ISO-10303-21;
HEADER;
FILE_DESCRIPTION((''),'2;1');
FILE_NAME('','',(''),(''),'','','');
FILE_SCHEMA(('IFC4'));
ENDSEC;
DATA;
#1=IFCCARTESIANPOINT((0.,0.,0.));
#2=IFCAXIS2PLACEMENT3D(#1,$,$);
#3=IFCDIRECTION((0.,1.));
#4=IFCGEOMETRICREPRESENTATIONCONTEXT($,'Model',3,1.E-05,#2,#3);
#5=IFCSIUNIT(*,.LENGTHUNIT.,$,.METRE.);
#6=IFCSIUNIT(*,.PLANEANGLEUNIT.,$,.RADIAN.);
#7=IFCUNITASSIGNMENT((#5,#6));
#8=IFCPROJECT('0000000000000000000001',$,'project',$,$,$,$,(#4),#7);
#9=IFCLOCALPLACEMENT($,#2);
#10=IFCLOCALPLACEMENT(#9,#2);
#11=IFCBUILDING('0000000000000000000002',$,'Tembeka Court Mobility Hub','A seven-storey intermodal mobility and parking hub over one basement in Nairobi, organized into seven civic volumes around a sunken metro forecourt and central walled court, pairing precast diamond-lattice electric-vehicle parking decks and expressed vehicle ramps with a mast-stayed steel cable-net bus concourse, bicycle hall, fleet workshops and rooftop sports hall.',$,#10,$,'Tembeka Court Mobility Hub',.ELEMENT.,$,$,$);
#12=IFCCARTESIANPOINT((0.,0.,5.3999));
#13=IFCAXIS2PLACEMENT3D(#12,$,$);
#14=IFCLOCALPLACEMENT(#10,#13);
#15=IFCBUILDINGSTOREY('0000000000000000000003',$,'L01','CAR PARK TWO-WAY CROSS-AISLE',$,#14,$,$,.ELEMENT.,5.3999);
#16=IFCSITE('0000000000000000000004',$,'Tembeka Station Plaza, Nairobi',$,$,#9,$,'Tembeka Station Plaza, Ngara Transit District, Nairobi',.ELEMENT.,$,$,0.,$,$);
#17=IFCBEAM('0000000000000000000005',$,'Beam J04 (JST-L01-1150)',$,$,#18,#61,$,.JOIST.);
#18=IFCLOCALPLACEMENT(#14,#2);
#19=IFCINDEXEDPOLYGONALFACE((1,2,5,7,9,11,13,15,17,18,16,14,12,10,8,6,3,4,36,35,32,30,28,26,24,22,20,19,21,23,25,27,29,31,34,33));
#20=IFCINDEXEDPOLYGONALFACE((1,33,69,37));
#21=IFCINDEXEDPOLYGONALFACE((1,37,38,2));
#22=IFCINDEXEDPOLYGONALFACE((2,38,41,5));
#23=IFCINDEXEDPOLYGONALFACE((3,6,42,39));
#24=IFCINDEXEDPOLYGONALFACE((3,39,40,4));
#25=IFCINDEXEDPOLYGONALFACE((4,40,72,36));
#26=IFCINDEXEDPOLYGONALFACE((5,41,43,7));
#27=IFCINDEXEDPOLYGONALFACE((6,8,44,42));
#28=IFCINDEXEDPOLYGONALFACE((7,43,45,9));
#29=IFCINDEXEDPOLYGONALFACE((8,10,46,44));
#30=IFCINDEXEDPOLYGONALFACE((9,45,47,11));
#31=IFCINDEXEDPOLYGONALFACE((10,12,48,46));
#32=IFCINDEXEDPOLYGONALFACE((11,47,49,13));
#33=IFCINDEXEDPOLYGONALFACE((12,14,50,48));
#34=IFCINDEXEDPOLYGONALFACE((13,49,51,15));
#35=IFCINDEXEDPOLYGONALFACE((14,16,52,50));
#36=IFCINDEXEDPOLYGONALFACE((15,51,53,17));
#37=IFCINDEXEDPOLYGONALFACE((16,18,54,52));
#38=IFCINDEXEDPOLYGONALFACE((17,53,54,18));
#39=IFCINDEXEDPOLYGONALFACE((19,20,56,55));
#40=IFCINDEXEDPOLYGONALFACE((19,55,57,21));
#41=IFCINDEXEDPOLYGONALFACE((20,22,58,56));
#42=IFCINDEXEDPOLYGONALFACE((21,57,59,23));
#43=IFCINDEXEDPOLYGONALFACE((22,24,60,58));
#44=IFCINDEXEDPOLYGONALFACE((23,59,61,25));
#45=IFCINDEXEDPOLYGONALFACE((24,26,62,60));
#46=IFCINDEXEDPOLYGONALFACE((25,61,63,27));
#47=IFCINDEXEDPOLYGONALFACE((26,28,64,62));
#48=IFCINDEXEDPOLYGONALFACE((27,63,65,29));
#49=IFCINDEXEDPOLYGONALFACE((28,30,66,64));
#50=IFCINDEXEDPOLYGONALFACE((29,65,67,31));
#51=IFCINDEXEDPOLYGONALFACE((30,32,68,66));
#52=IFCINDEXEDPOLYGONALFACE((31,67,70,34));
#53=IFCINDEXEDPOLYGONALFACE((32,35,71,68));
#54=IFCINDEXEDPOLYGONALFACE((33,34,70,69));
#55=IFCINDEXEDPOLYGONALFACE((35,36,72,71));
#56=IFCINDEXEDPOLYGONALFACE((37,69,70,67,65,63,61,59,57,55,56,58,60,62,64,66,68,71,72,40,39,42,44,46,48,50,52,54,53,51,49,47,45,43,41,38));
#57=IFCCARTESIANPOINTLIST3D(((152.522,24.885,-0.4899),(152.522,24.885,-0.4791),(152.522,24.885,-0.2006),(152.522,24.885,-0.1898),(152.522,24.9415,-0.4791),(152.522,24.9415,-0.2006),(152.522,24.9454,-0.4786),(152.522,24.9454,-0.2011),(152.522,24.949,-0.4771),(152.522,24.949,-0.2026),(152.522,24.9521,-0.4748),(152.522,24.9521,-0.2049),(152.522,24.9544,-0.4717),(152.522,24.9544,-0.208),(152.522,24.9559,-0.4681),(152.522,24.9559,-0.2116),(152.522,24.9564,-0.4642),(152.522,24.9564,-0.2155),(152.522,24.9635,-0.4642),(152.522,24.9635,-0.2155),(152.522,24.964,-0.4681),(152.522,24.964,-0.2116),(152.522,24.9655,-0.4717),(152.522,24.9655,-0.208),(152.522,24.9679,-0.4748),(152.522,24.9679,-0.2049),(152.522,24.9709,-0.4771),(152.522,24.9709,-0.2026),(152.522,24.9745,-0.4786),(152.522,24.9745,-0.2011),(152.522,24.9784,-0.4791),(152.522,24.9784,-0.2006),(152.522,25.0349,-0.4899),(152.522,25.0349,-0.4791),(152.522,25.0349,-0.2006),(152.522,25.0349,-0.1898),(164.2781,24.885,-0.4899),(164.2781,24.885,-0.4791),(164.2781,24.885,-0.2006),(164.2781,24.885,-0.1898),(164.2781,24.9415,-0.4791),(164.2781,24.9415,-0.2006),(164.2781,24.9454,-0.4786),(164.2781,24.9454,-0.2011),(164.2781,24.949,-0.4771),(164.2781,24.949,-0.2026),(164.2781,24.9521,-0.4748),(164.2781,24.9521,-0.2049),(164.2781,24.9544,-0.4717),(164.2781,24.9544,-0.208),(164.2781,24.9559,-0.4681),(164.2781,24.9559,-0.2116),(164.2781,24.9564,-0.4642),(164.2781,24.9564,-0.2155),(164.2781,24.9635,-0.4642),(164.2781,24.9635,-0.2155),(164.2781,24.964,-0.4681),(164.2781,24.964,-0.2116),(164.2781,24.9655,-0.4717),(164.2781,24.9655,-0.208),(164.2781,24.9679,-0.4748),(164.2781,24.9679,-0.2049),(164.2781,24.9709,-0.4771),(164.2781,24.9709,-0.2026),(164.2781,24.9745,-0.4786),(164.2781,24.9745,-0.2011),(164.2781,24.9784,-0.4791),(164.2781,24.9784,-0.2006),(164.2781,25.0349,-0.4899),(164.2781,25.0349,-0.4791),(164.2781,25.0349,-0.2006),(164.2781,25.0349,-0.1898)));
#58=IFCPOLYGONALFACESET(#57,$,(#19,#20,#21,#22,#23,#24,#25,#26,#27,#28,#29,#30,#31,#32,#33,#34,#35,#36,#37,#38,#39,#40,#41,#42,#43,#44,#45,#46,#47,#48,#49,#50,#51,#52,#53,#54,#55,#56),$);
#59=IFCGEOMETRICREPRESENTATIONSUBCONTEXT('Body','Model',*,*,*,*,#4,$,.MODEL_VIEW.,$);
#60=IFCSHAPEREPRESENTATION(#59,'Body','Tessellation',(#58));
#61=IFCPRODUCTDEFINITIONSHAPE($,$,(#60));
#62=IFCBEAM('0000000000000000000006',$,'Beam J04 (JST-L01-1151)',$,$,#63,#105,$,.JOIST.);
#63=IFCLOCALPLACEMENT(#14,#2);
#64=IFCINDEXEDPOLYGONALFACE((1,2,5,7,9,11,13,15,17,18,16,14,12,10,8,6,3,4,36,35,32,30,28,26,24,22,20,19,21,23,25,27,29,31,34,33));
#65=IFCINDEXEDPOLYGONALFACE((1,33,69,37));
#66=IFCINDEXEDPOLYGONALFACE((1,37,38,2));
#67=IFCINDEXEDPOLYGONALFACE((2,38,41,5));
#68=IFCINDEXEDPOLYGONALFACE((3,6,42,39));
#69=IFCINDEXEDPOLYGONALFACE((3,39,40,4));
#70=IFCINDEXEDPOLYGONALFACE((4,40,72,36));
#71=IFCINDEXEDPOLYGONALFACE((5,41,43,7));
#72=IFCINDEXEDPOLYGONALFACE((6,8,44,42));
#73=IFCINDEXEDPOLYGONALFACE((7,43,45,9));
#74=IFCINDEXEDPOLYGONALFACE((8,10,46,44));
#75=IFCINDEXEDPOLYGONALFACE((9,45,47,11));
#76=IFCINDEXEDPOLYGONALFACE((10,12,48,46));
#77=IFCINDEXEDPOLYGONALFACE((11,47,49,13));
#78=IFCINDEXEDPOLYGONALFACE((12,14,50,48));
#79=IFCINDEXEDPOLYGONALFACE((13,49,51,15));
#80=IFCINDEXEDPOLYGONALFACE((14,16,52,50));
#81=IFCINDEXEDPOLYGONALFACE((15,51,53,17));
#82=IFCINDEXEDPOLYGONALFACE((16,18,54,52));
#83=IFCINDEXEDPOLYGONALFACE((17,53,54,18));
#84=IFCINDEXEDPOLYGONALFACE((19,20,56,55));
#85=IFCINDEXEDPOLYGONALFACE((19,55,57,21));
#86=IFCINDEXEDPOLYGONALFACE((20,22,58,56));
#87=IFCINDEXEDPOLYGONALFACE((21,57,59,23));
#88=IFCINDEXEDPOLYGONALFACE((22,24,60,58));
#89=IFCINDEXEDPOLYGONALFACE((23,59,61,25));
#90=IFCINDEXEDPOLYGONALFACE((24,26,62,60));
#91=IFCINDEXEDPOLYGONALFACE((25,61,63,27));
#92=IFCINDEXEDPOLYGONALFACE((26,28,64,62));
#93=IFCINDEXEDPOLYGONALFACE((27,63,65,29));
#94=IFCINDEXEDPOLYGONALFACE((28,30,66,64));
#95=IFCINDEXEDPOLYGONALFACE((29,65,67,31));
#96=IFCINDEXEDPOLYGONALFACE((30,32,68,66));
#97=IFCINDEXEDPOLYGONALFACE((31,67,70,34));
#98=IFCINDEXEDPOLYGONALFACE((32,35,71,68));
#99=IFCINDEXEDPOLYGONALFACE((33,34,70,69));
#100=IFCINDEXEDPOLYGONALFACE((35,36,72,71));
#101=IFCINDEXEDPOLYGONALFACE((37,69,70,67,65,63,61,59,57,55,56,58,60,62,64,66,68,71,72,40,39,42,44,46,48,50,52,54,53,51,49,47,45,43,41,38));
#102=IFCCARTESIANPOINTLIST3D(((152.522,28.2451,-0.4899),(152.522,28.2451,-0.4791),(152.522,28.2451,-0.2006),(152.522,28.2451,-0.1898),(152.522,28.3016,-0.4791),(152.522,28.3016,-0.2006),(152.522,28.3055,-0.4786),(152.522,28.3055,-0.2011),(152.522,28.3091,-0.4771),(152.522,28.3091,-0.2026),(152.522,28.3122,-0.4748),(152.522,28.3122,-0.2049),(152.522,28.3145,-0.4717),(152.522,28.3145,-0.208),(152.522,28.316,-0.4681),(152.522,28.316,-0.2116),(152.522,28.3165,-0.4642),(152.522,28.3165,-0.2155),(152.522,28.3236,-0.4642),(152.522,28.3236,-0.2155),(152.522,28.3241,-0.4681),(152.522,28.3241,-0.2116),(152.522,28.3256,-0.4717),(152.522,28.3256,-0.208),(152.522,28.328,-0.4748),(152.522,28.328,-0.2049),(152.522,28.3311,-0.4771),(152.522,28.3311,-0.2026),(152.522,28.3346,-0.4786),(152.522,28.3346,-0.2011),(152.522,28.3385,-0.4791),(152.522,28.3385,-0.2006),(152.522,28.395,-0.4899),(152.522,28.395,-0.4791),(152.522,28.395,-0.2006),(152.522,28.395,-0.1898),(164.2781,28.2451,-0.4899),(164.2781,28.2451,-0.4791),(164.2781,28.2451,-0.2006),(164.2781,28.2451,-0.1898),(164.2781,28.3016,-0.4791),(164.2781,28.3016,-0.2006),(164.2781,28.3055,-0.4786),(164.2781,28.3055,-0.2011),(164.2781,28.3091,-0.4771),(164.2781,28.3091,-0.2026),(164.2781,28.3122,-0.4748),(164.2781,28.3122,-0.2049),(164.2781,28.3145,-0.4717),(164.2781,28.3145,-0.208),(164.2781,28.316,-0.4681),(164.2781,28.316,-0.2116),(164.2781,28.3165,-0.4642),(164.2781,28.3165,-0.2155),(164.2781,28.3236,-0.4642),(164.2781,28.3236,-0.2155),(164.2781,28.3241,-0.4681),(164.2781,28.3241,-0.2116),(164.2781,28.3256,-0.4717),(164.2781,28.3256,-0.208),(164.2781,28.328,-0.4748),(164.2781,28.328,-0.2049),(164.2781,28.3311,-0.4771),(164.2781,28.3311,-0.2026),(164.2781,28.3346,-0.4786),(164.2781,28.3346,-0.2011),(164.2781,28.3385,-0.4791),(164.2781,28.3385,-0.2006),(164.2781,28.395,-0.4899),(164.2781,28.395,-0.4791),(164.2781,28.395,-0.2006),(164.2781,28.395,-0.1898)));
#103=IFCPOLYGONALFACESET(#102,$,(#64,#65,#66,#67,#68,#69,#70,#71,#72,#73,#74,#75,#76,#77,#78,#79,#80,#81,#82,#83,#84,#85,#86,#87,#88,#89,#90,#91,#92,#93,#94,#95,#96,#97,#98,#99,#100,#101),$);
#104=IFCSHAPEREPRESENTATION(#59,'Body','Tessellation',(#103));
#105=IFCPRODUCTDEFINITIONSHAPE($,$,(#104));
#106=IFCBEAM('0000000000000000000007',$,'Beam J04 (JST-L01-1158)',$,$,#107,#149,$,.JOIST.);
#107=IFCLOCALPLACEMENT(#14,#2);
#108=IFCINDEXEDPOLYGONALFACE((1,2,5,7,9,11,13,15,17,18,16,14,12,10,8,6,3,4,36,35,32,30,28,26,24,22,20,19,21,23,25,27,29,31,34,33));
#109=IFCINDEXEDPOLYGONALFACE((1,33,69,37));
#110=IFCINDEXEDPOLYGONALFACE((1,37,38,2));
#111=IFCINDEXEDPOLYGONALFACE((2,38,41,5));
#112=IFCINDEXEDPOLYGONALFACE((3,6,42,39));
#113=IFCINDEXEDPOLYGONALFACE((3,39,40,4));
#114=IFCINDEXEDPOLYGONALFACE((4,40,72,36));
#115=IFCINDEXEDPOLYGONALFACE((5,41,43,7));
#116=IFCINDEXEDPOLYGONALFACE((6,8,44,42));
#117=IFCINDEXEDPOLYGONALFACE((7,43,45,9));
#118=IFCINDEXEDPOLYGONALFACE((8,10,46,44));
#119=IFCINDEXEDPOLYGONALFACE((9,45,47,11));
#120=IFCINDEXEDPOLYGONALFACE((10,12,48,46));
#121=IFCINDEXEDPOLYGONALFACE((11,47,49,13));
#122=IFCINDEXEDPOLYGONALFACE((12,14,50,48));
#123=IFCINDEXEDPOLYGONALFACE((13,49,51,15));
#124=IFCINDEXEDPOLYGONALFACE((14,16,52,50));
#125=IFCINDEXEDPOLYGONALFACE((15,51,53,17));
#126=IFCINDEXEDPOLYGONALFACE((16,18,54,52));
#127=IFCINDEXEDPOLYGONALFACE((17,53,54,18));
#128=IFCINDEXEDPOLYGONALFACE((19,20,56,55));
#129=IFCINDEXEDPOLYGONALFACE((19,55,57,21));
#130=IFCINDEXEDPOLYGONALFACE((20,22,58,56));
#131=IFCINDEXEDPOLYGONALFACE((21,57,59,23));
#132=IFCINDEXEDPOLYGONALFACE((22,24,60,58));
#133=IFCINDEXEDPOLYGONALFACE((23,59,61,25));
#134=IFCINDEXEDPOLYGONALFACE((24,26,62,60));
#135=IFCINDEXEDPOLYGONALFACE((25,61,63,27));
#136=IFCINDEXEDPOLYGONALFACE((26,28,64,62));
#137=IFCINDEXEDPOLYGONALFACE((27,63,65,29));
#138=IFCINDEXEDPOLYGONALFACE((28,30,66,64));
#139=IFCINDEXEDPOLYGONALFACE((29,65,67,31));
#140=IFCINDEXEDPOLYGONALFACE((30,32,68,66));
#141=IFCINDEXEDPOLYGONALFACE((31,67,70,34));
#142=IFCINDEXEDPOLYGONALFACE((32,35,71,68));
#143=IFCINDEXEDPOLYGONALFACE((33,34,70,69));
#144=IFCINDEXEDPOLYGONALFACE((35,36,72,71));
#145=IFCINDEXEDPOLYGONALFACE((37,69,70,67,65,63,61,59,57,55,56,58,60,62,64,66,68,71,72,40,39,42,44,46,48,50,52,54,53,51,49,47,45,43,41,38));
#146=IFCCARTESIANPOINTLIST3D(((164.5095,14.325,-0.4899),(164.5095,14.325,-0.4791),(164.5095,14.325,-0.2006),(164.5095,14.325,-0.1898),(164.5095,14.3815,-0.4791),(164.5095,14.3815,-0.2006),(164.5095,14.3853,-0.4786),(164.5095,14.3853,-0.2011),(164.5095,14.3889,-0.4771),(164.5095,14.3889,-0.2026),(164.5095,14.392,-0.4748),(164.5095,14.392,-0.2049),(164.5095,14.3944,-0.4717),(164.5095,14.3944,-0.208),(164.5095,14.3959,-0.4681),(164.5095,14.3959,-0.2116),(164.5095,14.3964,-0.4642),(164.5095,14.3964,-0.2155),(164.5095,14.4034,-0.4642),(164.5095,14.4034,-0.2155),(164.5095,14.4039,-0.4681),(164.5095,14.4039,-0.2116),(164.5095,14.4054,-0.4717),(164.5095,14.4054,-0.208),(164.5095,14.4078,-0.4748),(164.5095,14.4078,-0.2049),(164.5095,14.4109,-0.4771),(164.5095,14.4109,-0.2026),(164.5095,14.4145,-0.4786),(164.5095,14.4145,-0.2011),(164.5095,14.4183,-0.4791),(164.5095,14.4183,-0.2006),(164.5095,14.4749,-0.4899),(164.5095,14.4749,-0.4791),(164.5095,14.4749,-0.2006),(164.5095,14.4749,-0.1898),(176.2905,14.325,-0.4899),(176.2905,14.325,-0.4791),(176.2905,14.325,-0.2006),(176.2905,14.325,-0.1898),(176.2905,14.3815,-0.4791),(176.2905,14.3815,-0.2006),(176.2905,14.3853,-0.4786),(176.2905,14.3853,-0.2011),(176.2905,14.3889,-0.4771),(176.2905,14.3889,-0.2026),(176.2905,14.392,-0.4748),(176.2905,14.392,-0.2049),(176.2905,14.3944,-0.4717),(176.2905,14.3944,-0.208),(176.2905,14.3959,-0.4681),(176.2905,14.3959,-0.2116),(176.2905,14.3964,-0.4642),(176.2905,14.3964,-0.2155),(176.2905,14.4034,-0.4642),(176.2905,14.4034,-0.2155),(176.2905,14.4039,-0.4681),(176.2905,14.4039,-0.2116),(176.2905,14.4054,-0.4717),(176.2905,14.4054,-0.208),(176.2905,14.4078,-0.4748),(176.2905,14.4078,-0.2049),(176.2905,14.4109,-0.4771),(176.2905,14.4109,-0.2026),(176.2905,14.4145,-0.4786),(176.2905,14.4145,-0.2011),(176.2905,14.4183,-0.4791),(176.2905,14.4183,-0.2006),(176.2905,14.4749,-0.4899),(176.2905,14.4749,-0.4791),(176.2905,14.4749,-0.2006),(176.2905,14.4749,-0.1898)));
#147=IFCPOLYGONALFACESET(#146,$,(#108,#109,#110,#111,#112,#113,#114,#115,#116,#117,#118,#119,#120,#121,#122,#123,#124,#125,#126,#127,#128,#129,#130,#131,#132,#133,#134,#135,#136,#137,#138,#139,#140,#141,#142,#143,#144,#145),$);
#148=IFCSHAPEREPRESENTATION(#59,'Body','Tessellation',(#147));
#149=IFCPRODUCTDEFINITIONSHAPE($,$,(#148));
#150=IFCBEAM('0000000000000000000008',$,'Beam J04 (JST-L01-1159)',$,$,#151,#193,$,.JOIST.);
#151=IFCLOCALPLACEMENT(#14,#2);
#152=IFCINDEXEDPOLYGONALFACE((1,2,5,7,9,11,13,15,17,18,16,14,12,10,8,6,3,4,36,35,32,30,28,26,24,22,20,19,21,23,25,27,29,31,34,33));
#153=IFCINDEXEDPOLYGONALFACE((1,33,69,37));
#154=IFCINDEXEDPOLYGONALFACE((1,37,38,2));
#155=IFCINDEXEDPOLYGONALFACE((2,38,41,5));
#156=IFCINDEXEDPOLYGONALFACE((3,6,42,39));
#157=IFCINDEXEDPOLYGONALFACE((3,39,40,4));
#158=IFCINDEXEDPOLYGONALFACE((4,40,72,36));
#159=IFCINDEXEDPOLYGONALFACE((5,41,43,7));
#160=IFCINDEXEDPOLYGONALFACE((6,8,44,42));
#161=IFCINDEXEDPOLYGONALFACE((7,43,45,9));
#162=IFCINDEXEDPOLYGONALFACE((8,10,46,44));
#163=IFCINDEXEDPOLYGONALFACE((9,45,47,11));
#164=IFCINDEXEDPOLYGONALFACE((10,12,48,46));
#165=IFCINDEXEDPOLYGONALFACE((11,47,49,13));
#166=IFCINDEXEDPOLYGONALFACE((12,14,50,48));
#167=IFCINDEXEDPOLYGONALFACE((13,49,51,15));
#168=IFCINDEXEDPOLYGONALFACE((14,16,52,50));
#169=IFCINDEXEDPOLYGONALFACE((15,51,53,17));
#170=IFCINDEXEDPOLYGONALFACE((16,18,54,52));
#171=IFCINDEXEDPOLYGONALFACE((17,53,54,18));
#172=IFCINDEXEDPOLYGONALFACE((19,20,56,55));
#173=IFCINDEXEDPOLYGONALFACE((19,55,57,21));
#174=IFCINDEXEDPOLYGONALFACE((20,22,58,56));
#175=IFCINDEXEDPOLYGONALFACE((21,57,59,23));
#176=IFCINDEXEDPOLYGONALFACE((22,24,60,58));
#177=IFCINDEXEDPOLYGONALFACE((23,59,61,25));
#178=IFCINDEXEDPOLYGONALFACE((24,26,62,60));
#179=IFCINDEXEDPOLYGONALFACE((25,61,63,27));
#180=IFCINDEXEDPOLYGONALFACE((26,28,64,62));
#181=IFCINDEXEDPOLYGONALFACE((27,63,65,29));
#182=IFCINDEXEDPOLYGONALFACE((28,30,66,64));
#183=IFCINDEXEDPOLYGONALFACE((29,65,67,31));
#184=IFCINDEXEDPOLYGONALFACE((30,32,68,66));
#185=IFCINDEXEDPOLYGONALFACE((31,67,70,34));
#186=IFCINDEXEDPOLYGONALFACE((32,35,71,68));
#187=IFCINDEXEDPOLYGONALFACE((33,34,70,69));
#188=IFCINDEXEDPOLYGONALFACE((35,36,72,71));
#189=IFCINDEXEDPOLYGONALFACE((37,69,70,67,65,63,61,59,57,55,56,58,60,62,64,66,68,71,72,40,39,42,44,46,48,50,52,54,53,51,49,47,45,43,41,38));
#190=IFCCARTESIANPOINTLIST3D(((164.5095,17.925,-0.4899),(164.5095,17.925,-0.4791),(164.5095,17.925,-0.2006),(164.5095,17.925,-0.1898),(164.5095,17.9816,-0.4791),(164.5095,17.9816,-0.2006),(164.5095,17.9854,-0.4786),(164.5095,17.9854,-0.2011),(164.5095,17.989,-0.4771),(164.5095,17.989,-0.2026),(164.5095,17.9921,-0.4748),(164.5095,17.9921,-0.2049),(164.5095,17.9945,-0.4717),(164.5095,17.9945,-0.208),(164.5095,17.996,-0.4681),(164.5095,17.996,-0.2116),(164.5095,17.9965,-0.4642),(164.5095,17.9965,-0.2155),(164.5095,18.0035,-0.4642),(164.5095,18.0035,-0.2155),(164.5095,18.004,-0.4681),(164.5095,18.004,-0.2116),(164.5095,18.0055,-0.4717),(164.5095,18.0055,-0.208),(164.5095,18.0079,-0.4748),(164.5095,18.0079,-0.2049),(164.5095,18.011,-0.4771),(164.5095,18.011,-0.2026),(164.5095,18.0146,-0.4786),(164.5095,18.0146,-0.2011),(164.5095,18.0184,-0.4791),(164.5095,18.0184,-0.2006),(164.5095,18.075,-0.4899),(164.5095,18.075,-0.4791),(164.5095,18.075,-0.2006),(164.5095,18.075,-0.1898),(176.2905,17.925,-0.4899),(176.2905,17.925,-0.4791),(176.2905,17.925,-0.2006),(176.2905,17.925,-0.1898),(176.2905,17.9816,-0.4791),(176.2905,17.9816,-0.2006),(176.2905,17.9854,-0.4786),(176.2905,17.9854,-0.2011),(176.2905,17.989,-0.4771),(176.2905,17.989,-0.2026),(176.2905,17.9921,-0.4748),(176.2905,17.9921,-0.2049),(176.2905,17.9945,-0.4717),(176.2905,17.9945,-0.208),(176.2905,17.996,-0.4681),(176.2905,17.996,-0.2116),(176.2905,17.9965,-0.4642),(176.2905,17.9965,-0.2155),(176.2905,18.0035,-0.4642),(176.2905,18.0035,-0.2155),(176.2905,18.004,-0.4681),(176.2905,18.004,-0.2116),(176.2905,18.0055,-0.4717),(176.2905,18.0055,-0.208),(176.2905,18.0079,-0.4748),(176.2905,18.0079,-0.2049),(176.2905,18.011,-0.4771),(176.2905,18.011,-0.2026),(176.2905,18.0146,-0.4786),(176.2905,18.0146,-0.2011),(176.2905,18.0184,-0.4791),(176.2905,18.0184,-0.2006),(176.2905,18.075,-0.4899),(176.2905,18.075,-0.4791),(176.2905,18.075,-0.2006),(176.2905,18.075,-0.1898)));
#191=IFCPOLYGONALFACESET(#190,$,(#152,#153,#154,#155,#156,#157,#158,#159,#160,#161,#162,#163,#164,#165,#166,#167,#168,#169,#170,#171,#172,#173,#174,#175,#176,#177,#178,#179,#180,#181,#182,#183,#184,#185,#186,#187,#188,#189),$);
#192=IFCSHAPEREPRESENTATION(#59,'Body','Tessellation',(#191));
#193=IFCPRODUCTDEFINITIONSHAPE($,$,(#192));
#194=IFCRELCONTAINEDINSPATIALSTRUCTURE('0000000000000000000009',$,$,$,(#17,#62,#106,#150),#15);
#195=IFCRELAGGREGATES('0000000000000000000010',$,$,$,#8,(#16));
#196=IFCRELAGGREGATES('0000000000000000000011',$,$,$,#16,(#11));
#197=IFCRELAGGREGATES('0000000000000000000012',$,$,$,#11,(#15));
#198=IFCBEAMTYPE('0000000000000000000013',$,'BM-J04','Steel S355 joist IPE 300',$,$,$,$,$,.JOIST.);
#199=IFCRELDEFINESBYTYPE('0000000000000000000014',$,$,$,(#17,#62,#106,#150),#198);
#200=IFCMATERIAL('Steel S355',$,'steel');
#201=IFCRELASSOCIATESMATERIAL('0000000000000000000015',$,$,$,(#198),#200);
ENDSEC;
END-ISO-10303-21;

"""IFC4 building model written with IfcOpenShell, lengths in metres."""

from ifc_helpers import new_model, si_unit, direction, frame, origin, origin_2d, place, context, subcontext, project, spatial, i_section, extrude, material, material_profile, profile_set, type_object, element, save


model = new_model("IFC4")

# Units and contexts
model_context = context("Model", 3, precision=1e-05, world=origin(), true_north=direction((0.0, 1.0)))
body_context = subcontext(model_context, "Body", "Model", "MODEL_VIEW")
ifc_project = project(units=[si_unit("LENGTHUNIT", "METRE"), si_unit("PLANEANGLEUNIT", "RADIAN")], contexts=[model_context])

# Site, building, storey
site_placement = place(None, origin())
site = spatial("IfcSite", under=ifc_project, at=site_placement, Name="Tembeka Station Plaza, Nairobi", LongName="Tembeka Station Plaza, Ngara Transit District, Nairobi", CompositionType="ELEMENT", RefElevation=0.0)
building_placement = place(site_placement, origin())
building = spatial("IfcBuilding", under=site, at=building_placement, Name="Tembeka Court Mobility Hub", Description="A seven-storey intermodal mobility and parking hub over one basement in Nairobi, organized into seven civic volumes around a sunken metro forecourt and central walled court, pairing precast diamond-lattice electric-vehicle parking decks and expressed vehicle ramps with a mast-stayed steel cable-net bus concourse, bicycle hall, fleet workshops and rooftop sports hall.", LongName="Tembeka Court Mobility Hub", CompositionType="ELEMENT")
storey_placement = place(building_placement, frame((0.0, 0.0, 5.3999)))
storey = spatial("IfcBuildingStorey", under=building, at=storey_placement, Name="L01", Description="CAR PARK TWO-WAY CROSS-AISLE", CompositionType="ELEMENT", Elevation=5.3999)

# Shared definitions
ifc_material_1 = material(Name="Steel S355", Category="steel")

# Beams
ifc_material_profile_1 = material_profile(ifc_material_1, i_section(OverallWidth=0.1499, OverallDepth=0.3, WebThickness=0.0071, FlangeThickness=0.0107, FilletRadius=0.0149, at=origin_2d()), Name="IPE 300")
ifc_profile_set_1 = profile_set([ifc_material_profile_1], Name="Steel S355")
beam_type_1 = type_object("IfcBeamType", Name="BM-J04", Description="Steel S355 joist IPE 300", PredefinedType="JOIST", material=ifc_profile_set_1)
for number, where, z_axis, x_axis, name in (
    (1, (152.522, 24.96, -0.3398), (1.0, 0.0, 0.0), (0.0, 1.0, 0.0), "Beam J04 (JST-L01-1150)"),
    (2, (152.522, 28.3201, -0.3398), (1.0, 0.0, 0.0), (0.0, 1.0, 0.0), "Beam J04 (JST-L01-1151)"),
):
    element("IfcBeam", number, at=place(storey_placement, frame(where, z_axis=z_axis, x_axis=x_axis)), inside=storey, type_object=beam_type_1, Name=name, PredefinedType="JOIST", context=body_context, shape_type="SweptSolid", body=[
        extrude(i_section(OverallWidth=0.1499, OverallDepth=0.3, WebThickness=0.0071, FlangeThickness=0.0107, FilletRadius=0.0149, at=origin_2d()), origin(), (0.0, 0.0, 1.0), 11.7561),
    ])
for number, where, z_axis, x_axis, name in (
    (3, (164.5095, 14.3999, -0.3398), (1.0, 0.0, 0.0), (0.0, 1.0, 0.0), "Beam J04 (JST-L01-1158)"),
    (4, (164.5095, 18.0, -0.3398), (1.0, 0.0, 0.0), (0.0, 1.0, 0.0), "Beam J04 (JST-L01-1159)"),
):
    element("IfcBeam", number, at=place(storey_placement, frame(where, z_axis=z_axis, x_axis=x_axis)), inside=storey, type_object=beam_type_1, Name=name, PredefinedType="JOIST", context=body_context, shape_type="SweptSolid", body=[
        extrude(i_section(OverallWidth=0.1499, OverallDepth=0.3, WebThickness=0.0071, FlangeThickness=0.0107, FilletRadius=0.0149, at=origin_2d()), origin(), (0.0, 0.0, 1.0), 11.781),
    ])

save(model, "model.ifc")
